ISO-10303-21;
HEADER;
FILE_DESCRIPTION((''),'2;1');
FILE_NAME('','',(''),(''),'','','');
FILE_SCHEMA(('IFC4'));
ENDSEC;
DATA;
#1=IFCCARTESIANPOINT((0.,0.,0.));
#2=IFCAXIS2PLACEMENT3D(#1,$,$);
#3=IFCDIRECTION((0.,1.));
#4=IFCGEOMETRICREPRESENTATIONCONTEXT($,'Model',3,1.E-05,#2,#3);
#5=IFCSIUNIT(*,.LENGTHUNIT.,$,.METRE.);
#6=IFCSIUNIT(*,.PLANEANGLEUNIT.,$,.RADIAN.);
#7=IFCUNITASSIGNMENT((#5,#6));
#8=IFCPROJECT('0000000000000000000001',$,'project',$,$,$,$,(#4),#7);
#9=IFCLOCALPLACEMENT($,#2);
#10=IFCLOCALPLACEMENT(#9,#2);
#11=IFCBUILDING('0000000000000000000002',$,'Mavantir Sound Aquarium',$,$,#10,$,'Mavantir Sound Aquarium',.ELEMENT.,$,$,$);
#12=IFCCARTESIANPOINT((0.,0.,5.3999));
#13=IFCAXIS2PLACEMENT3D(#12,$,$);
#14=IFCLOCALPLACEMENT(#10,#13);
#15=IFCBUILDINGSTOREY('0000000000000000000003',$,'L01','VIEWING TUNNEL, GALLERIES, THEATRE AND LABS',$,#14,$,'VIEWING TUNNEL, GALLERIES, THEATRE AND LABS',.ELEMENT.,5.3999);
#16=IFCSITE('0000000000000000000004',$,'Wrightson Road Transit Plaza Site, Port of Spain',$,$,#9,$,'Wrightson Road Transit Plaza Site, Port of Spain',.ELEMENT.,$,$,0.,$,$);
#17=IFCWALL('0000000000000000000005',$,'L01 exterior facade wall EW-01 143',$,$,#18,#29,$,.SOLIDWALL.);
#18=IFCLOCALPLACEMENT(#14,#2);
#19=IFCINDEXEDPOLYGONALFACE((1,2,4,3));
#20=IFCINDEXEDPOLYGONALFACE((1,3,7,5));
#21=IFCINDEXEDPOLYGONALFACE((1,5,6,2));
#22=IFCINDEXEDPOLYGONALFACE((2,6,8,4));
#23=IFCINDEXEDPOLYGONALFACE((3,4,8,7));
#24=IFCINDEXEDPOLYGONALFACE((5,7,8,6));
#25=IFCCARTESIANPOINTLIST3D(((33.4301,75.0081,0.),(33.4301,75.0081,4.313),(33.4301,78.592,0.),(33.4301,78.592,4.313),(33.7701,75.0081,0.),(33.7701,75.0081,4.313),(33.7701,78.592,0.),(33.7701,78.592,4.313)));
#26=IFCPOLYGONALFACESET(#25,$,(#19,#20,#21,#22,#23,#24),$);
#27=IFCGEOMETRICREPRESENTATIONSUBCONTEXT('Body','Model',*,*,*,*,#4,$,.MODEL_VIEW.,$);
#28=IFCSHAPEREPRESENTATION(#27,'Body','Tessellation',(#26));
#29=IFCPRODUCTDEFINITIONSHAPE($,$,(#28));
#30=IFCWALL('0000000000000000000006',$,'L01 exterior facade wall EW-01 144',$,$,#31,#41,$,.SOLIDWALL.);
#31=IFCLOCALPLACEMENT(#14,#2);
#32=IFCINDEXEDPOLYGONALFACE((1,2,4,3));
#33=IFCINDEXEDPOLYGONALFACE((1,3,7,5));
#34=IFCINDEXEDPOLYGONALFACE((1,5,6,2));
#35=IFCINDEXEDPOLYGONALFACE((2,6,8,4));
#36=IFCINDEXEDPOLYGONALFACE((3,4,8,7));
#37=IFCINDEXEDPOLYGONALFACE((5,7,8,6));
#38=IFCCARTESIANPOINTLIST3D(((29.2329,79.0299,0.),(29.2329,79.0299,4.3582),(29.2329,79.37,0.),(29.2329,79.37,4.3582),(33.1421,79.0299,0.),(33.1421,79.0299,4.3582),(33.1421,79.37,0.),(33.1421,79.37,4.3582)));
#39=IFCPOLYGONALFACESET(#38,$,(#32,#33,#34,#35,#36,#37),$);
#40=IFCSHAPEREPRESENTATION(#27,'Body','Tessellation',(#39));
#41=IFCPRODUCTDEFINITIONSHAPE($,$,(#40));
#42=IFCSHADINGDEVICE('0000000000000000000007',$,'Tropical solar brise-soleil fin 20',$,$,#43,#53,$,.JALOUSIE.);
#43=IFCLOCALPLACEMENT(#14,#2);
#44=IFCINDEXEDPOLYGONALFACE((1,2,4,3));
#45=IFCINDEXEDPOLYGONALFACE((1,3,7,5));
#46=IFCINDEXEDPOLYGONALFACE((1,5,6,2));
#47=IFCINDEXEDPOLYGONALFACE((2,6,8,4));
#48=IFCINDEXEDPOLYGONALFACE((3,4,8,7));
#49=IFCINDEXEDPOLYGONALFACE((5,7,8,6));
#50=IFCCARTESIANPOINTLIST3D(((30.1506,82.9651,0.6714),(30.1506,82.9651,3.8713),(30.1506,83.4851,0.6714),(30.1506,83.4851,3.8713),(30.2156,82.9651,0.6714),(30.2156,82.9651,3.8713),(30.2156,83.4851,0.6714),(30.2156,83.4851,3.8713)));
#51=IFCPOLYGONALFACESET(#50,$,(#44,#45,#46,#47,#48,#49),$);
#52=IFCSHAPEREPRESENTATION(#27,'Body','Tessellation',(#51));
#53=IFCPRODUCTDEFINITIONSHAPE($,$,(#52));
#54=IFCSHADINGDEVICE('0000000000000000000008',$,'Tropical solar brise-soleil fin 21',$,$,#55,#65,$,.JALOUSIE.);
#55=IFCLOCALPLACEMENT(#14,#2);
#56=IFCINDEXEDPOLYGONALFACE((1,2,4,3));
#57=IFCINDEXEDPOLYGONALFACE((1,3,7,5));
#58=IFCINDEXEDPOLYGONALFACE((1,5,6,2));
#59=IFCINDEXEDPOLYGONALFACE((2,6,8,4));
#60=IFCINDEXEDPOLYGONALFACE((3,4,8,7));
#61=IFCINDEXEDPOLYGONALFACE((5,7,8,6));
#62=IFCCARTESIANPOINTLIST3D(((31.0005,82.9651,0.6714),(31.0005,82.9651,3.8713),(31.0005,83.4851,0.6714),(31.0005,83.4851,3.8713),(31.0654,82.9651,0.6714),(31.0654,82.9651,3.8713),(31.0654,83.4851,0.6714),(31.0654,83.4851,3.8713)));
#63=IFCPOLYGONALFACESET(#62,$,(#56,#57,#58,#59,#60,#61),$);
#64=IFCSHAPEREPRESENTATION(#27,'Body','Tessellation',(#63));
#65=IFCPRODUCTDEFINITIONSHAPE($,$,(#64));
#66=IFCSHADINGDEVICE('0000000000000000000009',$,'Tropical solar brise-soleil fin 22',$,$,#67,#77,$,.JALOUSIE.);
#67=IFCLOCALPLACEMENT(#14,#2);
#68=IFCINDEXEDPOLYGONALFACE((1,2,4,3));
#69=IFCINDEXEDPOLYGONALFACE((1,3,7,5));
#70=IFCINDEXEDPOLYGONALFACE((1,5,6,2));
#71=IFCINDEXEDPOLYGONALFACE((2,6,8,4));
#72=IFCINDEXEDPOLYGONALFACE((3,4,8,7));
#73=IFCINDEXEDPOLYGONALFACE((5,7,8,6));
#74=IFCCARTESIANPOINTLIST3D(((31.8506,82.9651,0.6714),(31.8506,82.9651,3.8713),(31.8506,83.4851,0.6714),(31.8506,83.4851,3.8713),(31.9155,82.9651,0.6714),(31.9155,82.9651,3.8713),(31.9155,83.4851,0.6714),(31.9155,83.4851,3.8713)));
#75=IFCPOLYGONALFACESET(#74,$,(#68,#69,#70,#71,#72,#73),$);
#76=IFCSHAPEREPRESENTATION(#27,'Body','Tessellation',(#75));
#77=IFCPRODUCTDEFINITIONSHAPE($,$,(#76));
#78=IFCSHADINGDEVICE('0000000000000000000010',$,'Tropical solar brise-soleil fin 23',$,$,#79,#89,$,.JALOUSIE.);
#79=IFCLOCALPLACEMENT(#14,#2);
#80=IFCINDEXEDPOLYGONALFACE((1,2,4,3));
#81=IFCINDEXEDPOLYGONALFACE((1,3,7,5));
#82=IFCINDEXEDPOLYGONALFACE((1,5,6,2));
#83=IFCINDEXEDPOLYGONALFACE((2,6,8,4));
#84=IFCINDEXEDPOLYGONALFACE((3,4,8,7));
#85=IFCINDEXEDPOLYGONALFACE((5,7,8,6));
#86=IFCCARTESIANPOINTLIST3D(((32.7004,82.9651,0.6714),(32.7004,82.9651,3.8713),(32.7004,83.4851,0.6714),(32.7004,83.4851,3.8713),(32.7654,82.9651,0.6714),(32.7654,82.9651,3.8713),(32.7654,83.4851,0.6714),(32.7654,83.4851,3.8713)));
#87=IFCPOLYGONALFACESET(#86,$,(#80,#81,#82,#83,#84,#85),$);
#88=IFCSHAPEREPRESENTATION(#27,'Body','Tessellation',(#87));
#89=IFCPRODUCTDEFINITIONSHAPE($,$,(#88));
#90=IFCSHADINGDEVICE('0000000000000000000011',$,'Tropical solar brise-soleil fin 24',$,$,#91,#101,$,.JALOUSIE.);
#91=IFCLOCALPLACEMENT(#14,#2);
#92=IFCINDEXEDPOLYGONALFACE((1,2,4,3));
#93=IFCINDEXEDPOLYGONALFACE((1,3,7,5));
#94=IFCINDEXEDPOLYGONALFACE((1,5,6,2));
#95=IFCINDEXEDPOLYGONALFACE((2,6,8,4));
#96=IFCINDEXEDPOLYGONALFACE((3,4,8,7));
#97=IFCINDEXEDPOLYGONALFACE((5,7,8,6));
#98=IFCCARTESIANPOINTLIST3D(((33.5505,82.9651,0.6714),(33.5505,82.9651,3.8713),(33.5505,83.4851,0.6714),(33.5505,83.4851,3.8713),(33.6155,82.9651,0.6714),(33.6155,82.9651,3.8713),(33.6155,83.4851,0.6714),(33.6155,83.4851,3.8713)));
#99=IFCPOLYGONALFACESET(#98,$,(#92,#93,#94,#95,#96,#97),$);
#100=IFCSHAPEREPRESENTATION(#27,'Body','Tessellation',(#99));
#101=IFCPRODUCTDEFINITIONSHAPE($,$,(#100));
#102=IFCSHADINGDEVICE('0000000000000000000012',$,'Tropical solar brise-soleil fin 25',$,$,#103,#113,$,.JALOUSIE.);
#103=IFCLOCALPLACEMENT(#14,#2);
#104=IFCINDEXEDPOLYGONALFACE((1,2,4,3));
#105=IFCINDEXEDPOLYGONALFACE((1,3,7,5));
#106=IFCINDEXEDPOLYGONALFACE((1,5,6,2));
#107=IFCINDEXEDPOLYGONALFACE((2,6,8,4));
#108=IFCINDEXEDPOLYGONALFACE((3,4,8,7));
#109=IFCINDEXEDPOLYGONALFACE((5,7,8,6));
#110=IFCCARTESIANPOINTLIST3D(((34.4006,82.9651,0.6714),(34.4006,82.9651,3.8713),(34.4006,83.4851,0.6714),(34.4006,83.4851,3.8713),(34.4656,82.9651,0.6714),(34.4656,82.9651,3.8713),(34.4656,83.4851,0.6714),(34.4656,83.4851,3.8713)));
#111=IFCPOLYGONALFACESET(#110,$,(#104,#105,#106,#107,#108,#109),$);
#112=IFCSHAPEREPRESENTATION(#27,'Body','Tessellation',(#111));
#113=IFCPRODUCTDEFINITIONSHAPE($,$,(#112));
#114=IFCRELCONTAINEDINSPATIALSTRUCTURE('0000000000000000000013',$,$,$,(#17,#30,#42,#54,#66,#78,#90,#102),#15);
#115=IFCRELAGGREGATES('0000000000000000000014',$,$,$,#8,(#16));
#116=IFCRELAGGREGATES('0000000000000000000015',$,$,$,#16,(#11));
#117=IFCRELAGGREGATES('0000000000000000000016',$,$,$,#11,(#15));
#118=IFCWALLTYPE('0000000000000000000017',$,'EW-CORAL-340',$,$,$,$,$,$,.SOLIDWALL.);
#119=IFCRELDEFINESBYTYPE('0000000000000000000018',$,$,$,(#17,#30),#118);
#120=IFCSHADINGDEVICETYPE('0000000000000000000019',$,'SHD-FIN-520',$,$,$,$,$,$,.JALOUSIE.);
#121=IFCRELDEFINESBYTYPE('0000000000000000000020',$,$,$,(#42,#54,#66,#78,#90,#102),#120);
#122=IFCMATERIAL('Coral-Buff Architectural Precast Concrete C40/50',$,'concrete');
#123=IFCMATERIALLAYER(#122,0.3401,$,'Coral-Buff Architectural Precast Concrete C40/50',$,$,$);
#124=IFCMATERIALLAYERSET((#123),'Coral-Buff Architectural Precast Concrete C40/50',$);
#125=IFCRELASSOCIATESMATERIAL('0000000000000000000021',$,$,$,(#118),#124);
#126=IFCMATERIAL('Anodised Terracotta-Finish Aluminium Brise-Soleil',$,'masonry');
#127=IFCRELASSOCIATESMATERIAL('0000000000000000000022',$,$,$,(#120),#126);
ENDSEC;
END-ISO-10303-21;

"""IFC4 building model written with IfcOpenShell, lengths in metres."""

from ifc_helpers import new_model, si_unit, direction, frame, frame_2d, origin, origin_2d, place, context, subcontext, project, spatial, rectangle, extrude, material, layer, layer_set, type_object, element, save


model = new_model("IFC4")

# Units and contexts
model_context = context("Model", 3, precision=1e-05, world=origin(), true_north=direction((0.0, 1.0)))
body_context = subcontext(model_context, "Body", "Model", "MODEL_VIEW")
ifc_project = project(units=[si_unit("LENGTHUNIT", "METRE"), si_unit("PLANEANGLEUNIT", "RADIAN")], contexts=[model_context])

# Site, building, storey
site_placement = place(None, origin())
site = spatial("IfcSite", under=ifc_project, at=site_placement, Name="Wrightson Road Transit Plaza Site, Port of Spain", LongName="Wrightson Road Transit Plaza Site, Port of Spain", CompositionType="ELEMENT", RefElevation=0.0)
building_placement = place(site_placement, origin())
building = spatial("IfcBuilding", under=site, at=building_placement, Name="Mavantir Sound Aquarium", LongName="Mavantir Sound Aquarium", CompositionType="ELEMENT")
storey_placement = place(building_placement, frame((0.0, 0.0, 5.3999)))
storey = spatial("IfcBuildingStorey", under=building, at=storey_placement, Name="L01", Description="VIEWING TUNNEL, GALLERIES, THEATRE AND LABS", LongName="VIEWING TUNNEL, GALLERIES, THEATRE AND LABS", CompositionType="ELEMENT", Elevation=5.3999)

# Walls
ifc_material_1 = material(Name="Coral-Buff Architectural Precast Concrete C40/50", Category="concrete")
ifc_layer_1 = layer(ifc_material_1, 0.3401, Name="Coral-Buff Architectural Precast Concrete C40/50")
ifc_layer_set_1 = layer_set([ifc_layer_1], Name="Coral-Buff Architectural Precast Concrete C40/50")
wall_type = type_object("IfcWallType", Name="EW-CORAL-340", PredefinedType="SOLIDWALL", material=ifc_layer_set_1)
wall_1_placement = place(storey_placement, frame((33.6001, 75.0081, 0.0), z_axis=(0.0, 0.0, 1.0), x_axis=(0.0, 1.0, 0.0)))
element("IfcWall", 1, at=wall_1_placement, inside=storey, type_object=wall_type, Name="L01 exterior facade wall EW-01 143", PredefinedType="SOLIDWALL", context=body_context, shape_type="SweptSolid", body=[
    extrude(rectangle(XDim=3.584, YDim=0.3401, at=frame_2d((1.792, 0.0))), origin(), (0.0, 0.0, 1.0), 4.313),
])
wall_2_placement = place(storey_placement, frame((33.1421, 79.2, 0.0), z_axis=(0.0, 0.0, 1.0), x_axis=(-1.0, 0.0, 0.0)))
element("IfcWall", 2, at=wall_2_placement, inside=storey, type_object=wall_type, Name="L01 exterior facade wall EW-01 144", PredefinedType="SOLIDWALL", context=body_context, shape_type="SweptSolid", body=[
    extrude(rectangle(XDim=3.9092, YDim=0.3401, at=frame_2d((1.9546, 0.0))), origin(), (0.0, 0.0, 1.0), 4.3582),
])

# Shading devices
ifc_material_2 = material(Name="Anodised Terracotta-Finish Aluminium Brise-Soleil", Category="masonry")
shading_device_type = type_object("IfcShadingDeviceType", Name="SHD-FIN-520", PredefinedType="JALOUSIE", material=ifc_material_2)
for number, where, z_axis, x_axis, name in (
    (3, (30.1831, 83.2251, 0.6714), (0.0, 0.0, 1.0), (-1.0, 0.0, 0.0), "Tropical solar brise-soleil fin 20"),
    (4, (31.033, 83.2251, 0.6714), (0.0, 0.0, 1.0), (-1.0, 0.0, 0.0), "Tropical solar brise-soleil fin 21"),
    (5, (31.8831, 83.2251, 0.6714), (0.0, 0.0, 1.0), (-1.0, 0.0, 0.0), "Tropical solar brise-soleil fin 22"),
    (6, (32.7329, 83.2251, 0.6714), (0.0, 0.0, 1.0), (-1.0, 0.0, 0.0), "Tropical solar brise-soleil fin 23"),
    (7, (33.583, 83.2251, 0.6714), (0.0, 0.0, 1.0), (-1.0, 0.0, 0.0), "Tropical solar brise-soleil fin 24"),
    (8, (34.4331, 83.2251, 0.6714), (0.0, 0.0, 1.0), (-1.0, 0.0, 0.0), "Tropical solar brise-soleil fin 25"),
):
    element("IfcShadingDevice", number, at=place(storey_placement, frame(where, z_axis=z_axis, x_axis=x_axis)), inside=storey, type_object=shading_device_type, Name=name, PredefinedType="JALOUSIE", context=body_context, shape_type="SweptSolid", body=[
        extrude(rectangle(XDim=0.0649, YDim=0.52, at=origin_2d()), origin(), (0.0, 0.0, 1.0), 3.2),
    ])

save(model, "model.ifc")
